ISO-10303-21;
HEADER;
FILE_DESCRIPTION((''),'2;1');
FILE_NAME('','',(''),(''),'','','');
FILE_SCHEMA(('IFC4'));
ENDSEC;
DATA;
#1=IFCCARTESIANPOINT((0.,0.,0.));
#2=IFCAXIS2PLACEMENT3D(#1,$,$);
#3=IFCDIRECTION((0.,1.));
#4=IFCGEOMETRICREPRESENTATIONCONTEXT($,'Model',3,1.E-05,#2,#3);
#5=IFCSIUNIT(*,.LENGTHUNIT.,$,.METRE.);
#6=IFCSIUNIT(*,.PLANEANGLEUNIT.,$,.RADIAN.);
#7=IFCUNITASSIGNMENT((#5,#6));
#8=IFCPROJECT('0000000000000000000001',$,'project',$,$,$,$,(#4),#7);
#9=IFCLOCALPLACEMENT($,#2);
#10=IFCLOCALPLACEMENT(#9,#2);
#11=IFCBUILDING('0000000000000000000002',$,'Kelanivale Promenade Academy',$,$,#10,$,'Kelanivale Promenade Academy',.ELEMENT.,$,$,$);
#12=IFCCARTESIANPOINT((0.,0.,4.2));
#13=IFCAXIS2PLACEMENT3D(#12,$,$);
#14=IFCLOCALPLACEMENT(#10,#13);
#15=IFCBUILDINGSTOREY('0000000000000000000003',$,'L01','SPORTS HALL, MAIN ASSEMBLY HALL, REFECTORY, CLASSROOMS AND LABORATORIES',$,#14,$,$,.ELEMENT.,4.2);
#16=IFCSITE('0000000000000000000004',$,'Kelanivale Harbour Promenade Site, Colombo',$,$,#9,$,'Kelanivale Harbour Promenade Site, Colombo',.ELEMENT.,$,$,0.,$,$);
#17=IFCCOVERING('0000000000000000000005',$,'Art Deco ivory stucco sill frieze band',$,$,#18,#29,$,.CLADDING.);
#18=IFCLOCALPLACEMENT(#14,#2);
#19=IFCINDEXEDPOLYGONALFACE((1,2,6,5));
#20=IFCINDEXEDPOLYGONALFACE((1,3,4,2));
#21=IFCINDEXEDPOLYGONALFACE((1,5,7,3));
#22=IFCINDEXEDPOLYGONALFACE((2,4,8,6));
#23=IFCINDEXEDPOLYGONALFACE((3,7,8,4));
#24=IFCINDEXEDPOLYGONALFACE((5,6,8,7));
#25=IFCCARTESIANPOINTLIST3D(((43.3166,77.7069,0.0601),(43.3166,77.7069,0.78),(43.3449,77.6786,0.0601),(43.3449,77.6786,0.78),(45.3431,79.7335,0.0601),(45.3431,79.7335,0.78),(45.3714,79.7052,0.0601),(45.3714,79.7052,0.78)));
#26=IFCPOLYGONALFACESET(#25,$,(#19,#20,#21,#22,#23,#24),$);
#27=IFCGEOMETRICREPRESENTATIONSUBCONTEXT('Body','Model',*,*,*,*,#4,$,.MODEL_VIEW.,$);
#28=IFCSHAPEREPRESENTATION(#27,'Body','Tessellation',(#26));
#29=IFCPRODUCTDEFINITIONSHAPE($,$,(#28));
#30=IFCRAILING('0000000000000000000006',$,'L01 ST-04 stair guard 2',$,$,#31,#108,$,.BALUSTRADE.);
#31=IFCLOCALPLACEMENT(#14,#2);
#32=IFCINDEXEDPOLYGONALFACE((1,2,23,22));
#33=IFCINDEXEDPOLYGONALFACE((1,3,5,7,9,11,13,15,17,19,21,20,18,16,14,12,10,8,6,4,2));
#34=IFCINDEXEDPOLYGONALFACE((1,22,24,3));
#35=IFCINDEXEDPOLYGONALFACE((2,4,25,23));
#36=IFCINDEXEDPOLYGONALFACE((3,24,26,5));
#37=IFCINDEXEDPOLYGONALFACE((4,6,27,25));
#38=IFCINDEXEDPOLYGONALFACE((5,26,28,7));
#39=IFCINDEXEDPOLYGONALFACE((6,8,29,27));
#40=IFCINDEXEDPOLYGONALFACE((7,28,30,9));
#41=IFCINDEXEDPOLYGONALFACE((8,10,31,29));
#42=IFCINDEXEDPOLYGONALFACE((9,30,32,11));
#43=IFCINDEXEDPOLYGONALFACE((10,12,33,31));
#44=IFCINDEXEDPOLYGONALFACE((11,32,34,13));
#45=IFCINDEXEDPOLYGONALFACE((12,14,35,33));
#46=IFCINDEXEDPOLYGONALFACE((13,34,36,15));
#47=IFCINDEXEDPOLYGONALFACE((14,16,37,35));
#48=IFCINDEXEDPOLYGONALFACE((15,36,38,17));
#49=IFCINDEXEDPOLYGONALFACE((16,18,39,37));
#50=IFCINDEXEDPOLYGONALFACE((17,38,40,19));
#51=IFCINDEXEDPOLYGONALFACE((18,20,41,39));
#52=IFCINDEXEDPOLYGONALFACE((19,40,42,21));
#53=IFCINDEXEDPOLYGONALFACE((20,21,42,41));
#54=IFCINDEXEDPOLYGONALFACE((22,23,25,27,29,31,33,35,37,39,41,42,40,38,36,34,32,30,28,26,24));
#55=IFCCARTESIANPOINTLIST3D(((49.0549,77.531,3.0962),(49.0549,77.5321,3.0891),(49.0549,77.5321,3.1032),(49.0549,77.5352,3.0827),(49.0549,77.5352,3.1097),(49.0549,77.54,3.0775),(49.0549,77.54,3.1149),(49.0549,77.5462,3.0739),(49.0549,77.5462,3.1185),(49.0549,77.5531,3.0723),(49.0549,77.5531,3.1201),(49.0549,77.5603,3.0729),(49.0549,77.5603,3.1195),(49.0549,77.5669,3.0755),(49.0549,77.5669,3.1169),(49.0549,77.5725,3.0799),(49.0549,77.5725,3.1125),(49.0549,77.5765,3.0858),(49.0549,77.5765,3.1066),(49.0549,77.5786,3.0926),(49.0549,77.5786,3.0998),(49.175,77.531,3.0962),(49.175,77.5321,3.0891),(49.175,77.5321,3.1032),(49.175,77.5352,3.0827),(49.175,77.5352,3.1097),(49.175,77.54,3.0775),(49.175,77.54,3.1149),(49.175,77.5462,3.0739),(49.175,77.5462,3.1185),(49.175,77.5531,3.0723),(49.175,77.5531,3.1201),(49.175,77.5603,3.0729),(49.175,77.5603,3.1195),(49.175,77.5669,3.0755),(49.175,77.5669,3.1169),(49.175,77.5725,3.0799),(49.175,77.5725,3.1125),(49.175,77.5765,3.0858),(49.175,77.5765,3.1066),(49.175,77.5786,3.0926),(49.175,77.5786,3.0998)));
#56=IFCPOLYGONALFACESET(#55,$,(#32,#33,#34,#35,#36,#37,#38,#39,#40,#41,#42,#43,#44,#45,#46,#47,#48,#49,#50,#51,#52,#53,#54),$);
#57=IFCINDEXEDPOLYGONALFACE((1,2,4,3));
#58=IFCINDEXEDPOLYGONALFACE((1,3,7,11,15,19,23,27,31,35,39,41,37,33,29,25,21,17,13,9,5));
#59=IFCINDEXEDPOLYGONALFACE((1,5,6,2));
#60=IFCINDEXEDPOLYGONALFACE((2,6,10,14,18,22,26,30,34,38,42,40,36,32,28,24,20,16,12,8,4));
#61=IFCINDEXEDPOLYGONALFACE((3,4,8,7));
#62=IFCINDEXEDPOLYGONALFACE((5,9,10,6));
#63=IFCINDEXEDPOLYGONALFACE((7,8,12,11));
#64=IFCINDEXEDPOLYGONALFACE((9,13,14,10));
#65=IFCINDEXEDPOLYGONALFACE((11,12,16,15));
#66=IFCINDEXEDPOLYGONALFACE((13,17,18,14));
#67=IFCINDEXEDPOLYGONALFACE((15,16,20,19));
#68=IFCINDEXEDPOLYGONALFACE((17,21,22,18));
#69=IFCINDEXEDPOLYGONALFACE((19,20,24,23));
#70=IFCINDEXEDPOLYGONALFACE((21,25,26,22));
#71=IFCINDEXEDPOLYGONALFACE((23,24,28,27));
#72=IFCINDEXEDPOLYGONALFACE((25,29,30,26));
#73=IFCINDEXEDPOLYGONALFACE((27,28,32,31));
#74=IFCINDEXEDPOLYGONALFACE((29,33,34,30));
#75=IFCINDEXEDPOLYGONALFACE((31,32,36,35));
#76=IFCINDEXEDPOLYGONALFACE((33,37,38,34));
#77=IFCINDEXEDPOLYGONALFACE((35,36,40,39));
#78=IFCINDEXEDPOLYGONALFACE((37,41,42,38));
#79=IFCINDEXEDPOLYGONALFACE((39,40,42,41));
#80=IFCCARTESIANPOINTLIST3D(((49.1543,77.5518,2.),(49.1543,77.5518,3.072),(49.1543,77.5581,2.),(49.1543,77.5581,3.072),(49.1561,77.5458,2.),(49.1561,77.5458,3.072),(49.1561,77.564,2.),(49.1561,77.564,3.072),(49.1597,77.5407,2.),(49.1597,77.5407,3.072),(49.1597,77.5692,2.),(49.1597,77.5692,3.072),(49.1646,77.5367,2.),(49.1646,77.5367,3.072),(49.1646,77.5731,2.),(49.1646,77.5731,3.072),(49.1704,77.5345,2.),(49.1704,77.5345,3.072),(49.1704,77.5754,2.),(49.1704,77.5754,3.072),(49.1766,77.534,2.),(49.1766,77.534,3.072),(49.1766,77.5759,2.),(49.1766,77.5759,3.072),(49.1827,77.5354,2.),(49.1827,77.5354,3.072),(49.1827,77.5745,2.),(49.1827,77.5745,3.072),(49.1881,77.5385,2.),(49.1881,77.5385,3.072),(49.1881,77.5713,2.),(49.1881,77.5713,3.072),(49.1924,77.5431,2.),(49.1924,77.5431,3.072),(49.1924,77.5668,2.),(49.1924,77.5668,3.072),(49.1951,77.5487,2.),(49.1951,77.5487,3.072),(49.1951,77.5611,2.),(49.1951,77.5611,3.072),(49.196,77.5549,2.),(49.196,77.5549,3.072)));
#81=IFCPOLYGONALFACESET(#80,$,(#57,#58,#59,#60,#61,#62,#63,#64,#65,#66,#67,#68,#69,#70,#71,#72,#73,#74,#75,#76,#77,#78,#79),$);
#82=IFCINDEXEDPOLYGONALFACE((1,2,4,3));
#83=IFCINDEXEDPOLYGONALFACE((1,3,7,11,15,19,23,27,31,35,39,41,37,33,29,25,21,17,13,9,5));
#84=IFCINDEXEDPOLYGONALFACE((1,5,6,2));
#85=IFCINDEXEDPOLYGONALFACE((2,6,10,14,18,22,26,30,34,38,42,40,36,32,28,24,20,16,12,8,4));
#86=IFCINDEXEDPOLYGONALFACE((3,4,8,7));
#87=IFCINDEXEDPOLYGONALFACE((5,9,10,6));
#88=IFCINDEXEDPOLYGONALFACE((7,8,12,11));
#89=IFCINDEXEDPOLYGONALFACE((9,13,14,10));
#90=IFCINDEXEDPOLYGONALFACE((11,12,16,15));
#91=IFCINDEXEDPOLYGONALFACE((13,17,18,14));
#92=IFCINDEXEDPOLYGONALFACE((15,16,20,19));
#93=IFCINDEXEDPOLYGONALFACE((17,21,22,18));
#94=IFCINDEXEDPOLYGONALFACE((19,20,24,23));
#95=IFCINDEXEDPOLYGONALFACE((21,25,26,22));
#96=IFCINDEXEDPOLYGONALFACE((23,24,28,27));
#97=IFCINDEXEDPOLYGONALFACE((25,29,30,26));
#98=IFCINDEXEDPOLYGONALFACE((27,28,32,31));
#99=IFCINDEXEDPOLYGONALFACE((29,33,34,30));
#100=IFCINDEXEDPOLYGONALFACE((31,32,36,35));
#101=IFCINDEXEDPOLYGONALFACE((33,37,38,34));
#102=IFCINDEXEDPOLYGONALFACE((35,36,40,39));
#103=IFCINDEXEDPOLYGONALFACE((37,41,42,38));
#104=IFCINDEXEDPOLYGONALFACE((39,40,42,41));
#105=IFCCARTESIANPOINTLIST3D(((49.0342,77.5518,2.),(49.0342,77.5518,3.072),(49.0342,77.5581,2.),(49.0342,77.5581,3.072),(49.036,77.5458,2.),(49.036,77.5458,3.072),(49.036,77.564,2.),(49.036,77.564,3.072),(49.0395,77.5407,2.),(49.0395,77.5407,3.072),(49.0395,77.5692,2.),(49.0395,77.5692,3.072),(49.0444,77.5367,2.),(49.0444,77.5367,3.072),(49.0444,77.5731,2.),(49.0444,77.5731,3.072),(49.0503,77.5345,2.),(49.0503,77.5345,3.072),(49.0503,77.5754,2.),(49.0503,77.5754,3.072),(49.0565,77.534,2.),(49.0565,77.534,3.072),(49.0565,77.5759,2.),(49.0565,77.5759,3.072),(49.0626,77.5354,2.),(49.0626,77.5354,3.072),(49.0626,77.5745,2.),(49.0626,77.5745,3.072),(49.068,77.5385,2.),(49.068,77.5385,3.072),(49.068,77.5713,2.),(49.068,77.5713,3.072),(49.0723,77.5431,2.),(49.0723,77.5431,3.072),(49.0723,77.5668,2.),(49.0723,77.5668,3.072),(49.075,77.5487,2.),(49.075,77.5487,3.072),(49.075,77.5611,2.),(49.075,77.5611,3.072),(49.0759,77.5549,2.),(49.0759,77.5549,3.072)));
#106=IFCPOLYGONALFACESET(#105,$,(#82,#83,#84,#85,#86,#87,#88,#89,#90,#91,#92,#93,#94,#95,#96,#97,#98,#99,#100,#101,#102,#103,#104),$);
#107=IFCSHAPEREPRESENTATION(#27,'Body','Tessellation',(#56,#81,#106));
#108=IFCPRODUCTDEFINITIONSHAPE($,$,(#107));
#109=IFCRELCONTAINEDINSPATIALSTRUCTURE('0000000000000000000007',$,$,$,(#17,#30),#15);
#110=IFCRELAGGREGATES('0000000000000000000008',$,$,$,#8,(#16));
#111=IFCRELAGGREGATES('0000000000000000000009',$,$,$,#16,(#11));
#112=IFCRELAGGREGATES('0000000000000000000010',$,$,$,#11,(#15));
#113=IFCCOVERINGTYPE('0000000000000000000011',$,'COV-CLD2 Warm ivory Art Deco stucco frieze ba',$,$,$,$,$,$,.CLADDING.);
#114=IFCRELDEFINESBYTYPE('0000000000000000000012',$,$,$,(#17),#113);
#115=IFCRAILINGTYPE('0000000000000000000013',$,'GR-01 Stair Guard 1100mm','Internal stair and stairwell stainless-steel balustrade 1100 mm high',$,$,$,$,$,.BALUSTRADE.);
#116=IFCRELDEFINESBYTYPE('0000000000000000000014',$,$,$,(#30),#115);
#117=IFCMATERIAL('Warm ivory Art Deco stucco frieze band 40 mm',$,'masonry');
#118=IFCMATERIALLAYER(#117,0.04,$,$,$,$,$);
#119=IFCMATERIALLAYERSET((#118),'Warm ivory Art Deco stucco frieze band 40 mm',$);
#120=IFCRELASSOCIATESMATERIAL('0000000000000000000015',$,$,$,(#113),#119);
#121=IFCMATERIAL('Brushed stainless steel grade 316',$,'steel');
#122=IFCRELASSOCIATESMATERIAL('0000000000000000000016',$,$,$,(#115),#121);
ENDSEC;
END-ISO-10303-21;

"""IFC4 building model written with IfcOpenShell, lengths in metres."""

from ifc_helpers import new_model, si_unit, direction, frame, origin, origin_2d, place, context, subcontext, project, spatial, rectangle, circle, extrude, material, layer, layer_set, type_object, element, save


model = new_model("IFC4")

# Units and contexts
model_context = context("Model", 3, precision=1e-05, world=origin(), true_north=direction((0.0, 1.0)))
body_context = subcontext(model_context, "Body", "Model", "MODEL_VIEW")
ifc_project = project(units=[si_unit("LENGTHUNIT", "METRE"), si_unit("PLANEANGLEUNIT", "RADIAN")], contexts=[model_context])

# Site, building, storey
site_placement = place(None, origin())
site = spatial("IfcSite", under=ifc_project, at=site_placement, Name="Kelanivale Harbour Promenade Site, Colombo", LongName="Kelanivale Harbour Promenade Site, Colombo", CompositionType="ELEMENT", RefElevation=0.0)
building_placement = place(site_placement, origin())
building = spatial("IfcBuilding", under=site, at=building_placement, Name="Kelanivale Promenade Academy", LongName="Kelanivale Promenade Academy", CompositionType="ELEMENT")
storey_placement = place(building_placement, frame((0.0, 0.0, 4.2)))
storey = spatial("IfcBuildingStorey", under=building, at=storey_placement, Name="L01", Description="SPORTS HALL, MAIN ASSEMBLY HALL, REFECTORY, CLASSROOMS AND LABORATORIES", CompositionType="ELEMENT", Elevation=4.2)

# Covering
ifc_material_1 = material(Name="Warm ivory Art Deco stucco frieze band 40 mm", Category="masonry")
ifc_layer_1 = layer(ifc_material_1, 0.04)
ifc_layer_set_1 = layer_set([ifc_layer_1], Name="Warm ivory Art Deco stucco frieze band 40 mm")
covering_type = type_object("IfcCoveringType", Name="COV-CLD2 Warm ivory Art Deco stucco frieze ba", PredefinedType="CLADDING", material=ifc_layer_set_1)
covering_1_placement = place(storey_placement, frame((44.344, 78.7061, 0.0601), z_axis=(0.0, 0.0, 1.0), x_axis=(-0.707107, -0.707107, 0.0)))
element("IfcCovering", 1, at=covering_1_placement, inside=storey, type_object=covering_type, Name="Art Deco ivory stucco sill frieze band", PredefinedType="CLADDING", context=body_context, shape_type="SweptSolid", body=[
    extrude(rectangle(XDim=2.866, YDim=0.04, at=origin_2d()), origin(), (0.0, 0.0, 1.0), 0.72),
])

# Railing
ifc_material_2 = material(Name="Brushed stainless steel grade 316", Category="steel")
railing_type_1 = type_object("IfcRailingType", Name="GR-01 Stair Guard 1100mm", Description="Internal stair and stairwell stainless-steel balustrade 1100 mm high", PredefinedType="BALUSTRADE", material=ifc_material_2)
railing_1_placement = place(storey_placement, frame((49.175, 77.5549, 2.0)))
element("IfcRailing", 2, at=railing_1_placement, inside=storey, type_object=railing_type_1, Name="L01 ST-04 stair guard 2", PredefinedType="BALUSTRADE", context=body_context, shape_type="SweptSolid", body=[
    extrude(circle(Radius=0.0239, at=origin_2d()), frame((0.0, 0.0, 1.0962), z_axis=(-1.0, 0.0, 0.0), x_axis=(0.0, -1.0, 0.0)), (0.0, 0.0, 1.0), 0.1201),
    extrude(circle(Radius=0.021, at=origin_2d()), origin(), (0.0, 0.0, 1.0), 1.072),
    extrude(circle(Radius=0.021, at=origin_2d()), frame((-0.1201, 0.0, 0.0)), (0.0, 0.0, 1.0), 1.072),
])

save(model, "model.ifc")
